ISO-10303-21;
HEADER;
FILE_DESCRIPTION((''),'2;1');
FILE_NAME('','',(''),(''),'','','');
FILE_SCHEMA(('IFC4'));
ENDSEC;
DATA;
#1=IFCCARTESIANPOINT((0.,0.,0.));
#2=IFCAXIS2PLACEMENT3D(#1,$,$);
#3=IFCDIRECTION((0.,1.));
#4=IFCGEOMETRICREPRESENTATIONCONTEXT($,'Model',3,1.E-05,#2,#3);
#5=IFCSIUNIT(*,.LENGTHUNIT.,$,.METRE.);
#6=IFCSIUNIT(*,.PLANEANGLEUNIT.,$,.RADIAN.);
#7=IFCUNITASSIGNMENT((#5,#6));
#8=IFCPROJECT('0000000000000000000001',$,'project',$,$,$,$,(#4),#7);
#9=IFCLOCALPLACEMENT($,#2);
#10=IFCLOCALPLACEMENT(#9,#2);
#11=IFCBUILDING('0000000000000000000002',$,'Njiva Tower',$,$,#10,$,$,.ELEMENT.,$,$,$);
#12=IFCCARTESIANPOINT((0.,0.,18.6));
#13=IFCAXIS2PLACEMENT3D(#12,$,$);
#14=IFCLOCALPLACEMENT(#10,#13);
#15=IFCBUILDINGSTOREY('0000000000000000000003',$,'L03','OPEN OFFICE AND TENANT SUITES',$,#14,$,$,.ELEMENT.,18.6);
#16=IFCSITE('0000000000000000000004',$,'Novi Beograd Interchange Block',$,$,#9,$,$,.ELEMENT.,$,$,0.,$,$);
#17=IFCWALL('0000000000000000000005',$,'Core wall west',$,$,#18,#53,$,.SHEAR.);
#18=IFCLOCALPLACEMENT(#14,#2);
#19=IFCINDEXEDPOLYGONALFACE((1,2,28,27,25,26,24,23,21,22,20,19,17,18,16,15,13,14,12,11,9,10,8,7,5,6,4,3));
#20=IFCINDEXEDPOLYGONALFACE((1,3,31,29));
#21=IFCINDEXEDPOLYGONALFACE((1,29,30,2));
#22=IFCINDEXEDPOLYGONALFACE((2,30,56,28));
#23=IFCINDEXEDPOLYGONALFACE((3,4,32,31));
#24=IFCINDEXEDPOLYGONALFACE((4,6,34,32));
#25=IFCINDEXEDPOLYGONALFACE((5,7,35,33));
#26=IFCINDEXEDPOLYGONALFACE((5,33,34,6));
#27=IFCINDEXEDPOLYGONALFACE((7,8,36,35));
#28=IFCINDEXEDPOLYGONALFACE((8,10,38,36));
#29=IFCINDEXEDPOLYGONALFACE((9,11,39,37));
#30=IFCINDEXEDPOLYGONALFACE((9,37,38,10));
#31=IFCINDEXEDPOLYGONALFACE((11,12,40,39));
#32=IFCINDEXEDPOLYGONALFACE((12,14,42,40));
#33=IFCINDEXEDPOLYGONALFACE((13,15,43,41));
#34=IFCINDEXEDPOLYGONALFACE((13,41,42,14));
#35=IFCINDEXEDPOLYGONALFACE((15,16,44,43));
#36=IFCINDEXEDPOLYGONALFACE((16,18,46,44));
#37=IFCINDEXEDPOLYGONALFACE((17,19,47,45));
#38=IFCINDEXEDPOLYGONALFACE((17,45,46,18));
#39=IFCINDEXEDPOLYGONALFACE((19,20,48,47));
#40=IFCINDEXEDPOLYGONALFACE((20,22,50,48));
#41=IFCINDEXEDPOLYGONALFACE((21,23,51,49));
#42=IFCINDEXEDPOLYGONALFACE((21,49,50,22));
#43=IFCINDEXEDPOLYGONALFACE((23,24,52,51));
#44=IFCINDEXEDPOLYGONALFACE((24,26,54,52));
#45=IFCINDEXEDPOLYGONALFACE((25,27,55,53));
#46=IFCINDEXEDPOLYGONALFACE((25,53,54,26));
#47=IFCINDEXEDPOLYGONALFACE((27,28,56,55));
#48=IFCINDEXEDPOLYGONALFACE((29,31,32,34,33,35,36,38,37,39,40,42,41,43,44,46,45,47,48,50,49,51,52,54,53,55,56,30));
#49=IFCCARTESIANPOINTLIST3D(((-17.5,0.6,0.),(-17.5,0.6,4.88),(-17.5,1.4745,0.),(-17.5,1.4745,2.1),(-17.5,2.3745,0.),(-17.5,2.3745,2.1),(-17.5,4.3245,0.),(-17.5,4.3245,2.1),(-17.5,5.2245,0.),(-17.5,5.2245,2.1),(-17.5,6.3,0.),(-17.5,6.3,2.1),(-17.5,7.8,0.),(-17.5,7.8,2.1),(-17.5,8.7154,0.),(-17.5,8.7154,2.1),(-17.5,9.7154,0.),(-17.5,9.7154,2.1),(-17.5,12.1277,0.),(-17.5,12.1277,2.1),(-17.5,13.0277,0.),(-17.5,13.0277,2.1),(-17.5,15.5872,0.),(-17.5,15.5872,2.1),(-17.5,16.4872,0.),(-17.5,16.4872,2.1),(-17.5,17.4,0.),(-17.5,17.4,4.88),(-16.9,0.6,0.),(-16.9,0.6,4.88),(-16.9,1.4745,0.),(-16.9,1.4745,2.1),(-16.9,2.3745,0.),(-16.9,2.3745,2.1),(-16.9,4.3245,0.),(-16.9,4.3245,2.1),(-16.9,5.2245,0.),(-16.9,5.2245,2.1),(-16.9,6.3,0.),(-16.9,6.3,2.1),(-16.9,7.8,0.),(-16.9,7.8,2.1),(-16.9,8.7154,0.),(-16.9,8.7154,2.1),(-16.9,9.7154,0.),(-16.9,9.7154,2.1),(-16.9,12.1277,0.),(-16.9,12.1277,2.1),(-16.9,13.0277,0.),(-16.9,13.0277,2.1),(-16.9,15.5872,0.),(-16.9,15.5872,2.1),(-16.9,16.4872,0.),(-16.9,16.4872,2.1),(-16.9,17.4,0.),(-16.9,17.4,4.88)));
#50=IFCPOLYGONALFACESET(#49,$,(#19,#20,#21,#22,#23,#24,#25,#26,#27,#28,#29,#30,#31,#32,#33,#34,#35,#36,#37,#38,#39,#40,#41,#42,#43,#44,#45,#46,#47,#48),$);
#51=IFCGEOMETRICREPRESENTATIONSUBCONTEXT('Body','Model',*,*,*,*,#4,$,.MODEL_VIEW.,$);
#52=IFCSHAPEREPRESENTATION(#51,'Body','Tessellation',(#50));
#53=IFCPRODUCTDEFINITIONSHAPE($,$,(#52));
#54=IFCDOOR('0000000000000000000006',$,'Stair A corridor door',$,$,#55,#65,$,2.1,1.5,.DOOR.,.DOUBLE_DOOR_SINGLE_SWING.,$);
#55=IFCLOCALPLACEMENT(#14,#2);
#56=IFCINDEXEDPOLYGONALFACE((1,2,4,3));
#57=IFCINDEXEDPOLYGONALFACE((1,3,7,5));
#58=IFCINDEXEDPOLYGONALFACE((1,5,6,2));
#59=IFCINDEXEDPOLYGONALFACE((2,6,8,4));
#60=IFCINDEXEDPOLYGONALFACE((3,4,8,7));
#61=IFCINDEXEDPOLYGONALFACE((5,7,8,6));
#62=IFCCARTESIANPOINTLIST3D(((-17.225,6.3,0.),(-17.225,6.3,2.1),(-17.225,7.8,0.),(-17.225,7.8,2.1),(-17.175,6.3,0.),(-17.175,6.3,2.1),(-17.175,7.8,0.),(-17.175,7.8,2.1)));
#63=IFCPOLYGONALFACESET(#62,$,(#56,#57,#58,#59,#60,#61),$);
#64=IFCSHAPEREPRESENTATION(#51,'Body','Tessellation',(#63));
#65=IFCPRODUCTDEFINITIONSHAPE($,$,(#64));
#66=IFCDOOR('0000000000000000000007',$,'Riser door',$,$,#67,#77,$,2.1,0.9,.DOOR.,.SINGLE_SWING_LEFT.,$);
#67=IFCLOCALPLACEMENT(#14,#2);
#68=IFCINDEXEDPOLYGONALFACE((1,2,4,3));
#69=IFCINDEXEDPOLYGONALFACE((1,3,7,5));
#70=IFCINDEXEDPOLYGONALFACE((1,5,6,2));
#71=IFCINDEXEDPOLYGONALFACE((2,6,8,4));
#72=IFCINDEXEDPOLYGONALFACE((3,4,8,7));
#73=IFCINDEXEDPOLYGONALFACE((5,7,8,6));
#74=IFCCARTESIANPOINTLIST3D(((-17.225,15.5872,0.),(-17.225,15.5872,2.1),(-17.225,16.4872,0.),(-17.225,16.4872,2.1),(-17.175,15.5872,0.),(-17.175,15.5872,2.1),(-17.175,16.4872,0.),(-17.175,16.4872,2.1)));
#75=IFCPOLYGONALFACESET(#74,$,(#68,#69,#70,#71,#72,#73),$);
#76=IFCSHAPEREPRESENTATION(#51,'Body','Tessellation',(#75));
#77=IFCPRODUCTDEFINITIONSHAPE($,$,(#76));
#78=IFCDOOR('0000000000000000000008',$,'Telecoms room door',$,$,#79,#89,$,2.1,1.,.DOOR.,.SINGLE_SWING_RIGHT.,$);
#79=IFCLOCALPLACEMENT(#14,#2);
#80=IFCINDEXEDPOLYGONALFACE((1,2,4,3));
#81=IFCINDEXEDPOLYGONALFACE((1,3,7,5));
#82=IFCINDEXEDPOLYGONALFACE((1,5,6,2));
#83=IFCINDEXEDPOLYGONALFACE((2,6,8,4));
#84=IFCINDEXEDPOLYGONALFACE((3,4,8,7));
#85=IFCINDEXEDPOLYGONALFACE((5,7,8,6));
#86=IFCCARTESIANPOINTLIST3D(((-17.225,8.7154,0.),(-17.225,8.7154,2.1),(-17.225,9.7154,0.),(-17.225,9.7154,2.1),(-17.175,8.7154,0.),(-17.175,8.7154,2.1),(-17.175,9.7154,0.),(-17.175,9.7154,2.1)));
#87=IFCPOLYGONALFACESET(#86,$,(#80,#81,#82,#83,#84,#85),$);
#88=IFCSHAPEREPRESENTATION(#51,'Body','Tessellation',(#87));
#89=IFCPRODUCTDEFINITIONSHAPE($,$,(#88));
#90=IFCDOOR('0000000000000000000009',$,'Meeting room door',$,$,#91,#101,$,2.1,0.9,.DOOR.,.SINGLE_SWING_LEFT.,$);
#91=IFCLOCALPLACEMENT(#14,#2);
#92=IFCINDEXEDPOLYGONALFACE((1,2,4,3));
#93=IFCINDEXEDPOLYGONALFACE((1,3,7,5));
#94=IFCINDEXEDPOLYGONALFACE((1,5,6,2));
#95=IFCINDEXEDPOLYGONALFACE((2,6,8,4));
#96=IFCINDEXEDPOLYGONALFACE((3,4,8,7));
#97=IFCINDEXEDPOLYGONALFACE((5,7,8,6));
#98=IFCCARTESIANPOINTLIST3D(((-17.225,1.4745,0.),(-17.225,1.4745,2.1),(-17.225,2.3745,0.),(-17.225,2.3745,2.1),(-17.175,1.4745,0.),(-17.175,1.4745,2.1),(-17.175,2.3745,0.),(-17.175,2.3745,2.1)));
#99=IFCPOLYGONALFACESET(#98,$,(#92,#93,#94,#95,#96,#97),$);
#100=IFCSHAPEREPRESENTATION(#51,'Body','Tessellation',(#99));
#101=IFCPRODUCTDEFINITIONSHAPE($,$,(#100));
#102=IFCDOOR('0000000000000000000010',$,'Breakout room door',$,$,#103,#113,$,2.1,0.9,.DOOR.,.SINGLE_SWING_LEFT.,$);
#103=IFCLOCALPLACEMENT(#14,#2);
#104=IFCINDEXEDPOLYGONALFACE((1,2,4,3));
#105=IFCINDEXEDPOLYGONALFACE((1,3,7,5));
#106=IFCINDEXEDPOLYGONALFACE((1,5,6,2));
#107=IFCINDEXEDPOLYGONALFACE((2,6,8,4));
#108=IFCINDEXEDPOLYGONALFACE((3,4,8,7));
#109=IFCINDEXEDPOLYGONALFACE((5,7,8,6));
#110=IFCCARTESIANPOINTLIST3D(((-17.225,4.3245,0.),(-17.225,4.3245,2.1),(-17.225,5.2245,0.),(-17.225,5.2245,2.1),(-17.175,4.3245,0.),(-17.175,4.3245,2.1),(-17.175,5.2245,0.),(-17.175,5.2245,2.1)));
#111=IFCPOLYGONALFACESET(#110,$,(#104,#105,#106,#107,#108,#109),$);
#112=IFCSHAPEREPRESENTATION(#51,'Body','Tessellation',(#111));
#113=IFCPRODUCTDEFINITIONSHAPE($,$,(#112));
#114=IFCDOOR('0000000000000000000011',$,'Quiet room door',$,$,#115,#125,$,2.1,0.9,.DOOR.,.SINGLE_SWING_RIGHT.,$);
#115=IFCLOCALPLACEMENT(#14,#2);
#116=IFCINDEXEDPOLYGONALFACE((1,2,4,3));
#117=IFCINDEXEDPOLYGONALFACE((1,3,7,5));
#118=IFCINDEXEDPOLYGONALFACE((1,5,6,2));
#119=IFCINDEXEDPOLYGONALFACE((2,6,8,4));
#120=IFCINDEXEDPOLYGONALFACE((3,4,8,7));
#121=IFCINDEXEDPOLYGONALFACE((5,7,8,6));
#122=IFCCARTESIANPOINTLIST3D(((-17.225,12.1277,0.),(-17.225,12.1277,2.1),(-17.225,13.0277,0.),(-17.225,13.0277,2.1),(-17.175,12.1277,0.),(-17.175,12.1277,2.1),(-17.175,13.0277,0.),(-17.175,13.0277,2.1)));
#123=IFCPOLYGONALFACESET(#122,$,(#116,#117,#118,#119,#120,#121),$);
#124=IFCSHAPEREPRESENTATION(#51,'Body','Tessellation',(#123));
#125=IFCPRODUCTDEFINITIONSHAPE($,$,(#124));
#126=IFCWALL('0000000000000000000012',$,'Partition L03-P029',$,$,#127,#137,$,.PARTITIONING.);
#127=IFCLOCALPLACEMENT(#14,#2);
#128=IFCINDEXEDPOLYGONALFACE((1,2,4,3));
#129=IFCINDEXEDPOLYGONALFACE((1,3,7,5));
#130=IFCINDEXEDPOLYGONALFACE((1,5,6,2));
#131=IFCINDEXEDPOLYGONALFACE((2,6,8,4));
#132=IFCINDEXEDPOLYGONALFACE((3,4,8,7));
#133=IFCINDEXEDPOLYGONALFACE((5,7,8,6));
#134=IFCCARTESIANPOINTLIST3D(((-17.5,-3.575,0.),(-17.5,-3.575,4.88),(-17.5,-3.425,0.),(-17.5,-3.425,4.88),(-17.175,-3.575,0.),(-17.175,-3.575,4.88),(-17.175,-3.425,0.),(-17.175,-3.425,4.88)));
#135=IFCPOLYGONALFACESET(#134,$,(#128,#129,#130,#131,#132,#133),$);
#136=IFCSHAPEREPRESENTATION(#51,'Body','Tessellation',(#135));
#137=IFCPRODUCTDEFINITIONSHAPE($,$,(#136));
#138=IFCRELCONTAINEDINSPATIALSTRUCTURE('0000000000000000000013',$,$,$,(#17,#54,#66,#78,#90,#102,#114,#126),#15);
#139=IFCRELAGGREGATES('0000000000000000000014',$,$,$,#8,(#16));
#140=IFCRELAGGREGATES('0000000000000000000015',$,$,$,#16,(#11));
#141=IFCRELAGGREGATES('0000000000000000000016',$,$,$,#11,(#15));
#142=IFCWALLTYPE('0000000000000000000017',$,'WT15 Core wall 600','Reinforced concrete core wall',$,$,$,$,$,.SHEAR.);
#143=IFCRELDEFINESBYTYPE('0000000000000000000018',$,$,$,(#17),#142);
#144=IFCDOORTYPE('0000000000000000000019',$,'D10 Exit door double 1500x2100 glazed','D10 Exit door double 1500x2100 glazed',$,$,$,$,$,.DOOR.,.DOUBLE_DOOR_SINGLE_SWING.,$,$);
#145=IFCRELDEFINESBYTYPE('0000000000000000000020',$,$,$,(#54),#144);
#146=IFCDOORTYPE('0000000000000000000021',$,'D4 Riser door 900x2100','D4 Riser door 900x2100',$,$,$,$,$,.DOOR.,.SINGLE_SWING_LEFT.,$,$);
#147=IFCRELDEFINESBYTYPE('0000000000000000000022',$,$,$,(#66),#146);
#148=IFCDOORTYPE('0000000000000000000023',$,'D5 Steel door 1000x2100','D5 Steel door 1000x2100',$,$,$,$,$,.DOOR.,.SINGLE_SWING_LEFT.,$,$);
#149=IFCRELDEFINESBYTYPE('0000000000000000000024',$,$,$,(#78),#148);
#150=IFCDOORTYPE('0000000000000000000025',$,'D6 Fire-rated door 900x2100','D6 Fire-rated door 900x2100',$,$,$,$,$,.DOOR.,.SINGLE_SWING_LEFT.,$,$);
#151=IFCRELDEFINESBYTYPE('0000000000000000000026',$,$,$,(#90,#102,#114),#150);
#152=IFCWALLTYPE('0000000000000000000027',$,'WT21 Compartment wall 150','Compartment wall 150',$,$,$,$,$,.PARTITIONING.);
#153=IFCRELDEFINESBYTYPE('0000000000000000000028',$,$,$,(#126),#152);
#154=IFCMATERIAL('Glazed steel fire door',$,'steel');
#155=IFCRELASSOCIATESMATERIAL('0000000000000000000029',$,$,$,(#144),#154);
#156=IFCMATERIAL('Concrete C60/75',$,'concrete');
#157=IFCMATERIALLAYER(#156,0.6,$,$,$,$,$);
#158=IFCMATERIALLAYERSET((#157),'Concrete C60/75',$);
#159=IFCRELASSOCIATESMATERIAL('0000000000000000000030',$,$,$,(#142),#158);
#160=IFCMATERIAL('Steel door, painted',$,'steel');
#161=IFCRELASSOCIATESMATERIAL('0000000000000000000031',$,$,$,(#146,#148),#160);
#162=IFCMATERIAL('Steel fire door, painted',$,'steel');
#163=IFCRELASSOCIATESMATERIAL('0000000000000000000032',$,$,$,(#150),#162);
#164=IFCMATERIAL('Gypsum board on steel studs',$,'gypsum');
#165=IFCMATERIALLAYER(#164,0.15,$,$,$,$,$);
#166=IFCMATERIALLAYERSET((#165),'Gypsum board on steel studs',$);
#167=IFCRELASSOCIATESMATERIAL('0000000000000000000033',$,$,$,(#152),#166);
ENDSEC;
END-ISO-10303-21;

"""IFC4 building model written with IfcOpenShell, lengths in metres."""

from ifc_helpers import new_model, si_unit, direction, frame, frame_2d, origin, place, context, subcontext, project, spatial, rectangle, extrude, material, layer, layer_set, type_object, element, fill, save


model = new_model("IFC4")

# Units and contexts
model_context = context("Model", 3, precision=1e-05, world=origin(), true_north=direction((0.0, 1.0)))
body_context = subcontext(model_context, "Body", "Model", "MODEL_VIEW")
ifc_project = project(units=[si_unit("LENGTHUNIT", "METRE"), si_unit("PLANEANGLEUNIT", "RADIAN")], contexts=[model_context])

# Site, building, storey
site_placement = place(None, origin())
site = spatial("IfcSite", under=ifc_project, at=site_placement, Name="Novi Beograd Interchange Block", CompositionType="ELEMENT", RefElevation=0.0)
building_placement = place(site_placement, origin())
building = spatial("IfcBuilding", under=site, at=building_placement, Name="Njiva Tower", CompositionType="ELEMENT")
storey_placement = place(building_placement, frame((0.0, 0.0, 18.6)))
storey = spatial("IfcBuildingStorey", under=building, at=storey_placement, Name="L03", Description="OPEN OFFICE AND TENANT SUITES", CompositionType="ELEMENT", Elevation=18.6)

# Shared definitions
ifc_material_1 = material(Name="Glazed steel fire door", Category="steel")
door_type_1 = type_object("IfcDoorType", Name="D10 Exit door double 1500x2100 glazed", Description="D10 Exit door double 1500x2100 glazed", OperationType="DOUBLE_DOOR_SINGLE_SWING", PredefinedType="DOOR", material=ifc_material_1)

# Wall, openings, doors
ifc_material_2 = material(Name="Concrete C60/75", Category="concrete")
ifc_layer_1 = layer(ifc_material_2, 0.6)
ifc_layer_set_1 = layer_set([ifc_layer_1], Name="Concrete C60/75")
wall_type_1 = type_object("IfcWallType", Name="WT15 Core wall 600", Description="Reinforced concrete core wall", PredefinedType="SHEAR", material=ifc_layer_set_1)
wall_1_placement = place(storey_placement, frame((-17.2, 0.6, 0.0), z_axis=(0.0, 0.0, 1.0), x_axis=(0.0, 1.0, 0.0)))
wall_1 = element("IfcWall", 1, at=wall_1_placement, inside=storey, type_object=wall_type_1, Name="Core wall west", PredefinedType="SHEAR", context=body_context, shape_type="SweptSolid", body=[
    extrude(rectangle(XDim=16.8, YDim=0.6, at=frame_2d((8.4, 0.0))), origin(), (0.0, 0.0, 1.0), 4.88),
])
opening_1_placement = place(wall_1_placement, frame((5.7, 0.0, 0.0)))
opening_1 = element("IfcOpeningElement", 2, at=opening_1_placement, cuts=wall_1, PredefinedType="OPENING", context=body_context, shape_type="SweptSolid", body=[
    extrude(rectangle(XDim=1.5, YDim=2.1, at=frame_2d((0.75, 1.05))), frame((0.0, 0.31, 0.0), z_axis=(0.0, -1.0, 0.0), x_axis=(1.0, 0.0, 0.0)), (0.0, 0.0, 1.0), 0.62),
])
opening_2_placement = place(wall_1_placement, frame((0.8745, 0.0, 0.0)))
opening_2 = element("IfcOpeningElement", 3, at=opening_2_placement, cuts=wall_1, PredefinedType="OPENING", context=body_context, shape_type="SweptSolid", body=[
    extrude(rectangle(XDim=0.9, YDim=2.1, at=frame_2d((0.45, 1.05))), frame((0.0, 0.31, 0.0), z_axis=(0.0, -1.0, 0.0), x_axis=(1.0, 0.0, 0.0)), (0.0, 0.0, 1.0), 0.62),
])
opening_3_placement = place(wall_1_placement, frame((3.7245, 0.0, 0.0)))
opening_3 = element("IfcOpeningElement", 4, at=opening_3_placement, cuts=wall_1, PredefinedType="OPENING", context=body_context, shape_type="SweptSolid", body=[
    extrude(rectangle(XDim=0.9, YDim=2.1, at=frame_2d((0.45, 1.05))), frame((0.0, 0.31, 0.0), z_axis=(0.0, -1.0, 0.0), x_axis=(1.0, 0.0, 0.0)), (0.0, 0.0, 1.0), 0.62),
])
opening_4_placement = place(wall_1_placement, frame((8.1154, 0.0, 0.0)))
opening_4 = element("IfcOpeningElement", 5, at=opening_4_placement, cuts=wall_1, PredefinedType="OPENING", context=body_context, shape_type="SweptSolid", body=[
    extrude(rectangle(XDim=1.0, YDim=2.1, at=frame_2d((0.5, 1.05))), frame((0.0, 0.31, 0.0), z_axis=(0.0, -1.0, 0.0), x_axis=(1.0, 0.0, 0.0)), (0.0, 0.0, 1.0), 0.62),
])
opening_5_placement = place(wall_1_placement, frame((11.5277, 0.0, 0.0)))
opening_5 = element("IfcOpeningElement", 6, at=opening_5_placement, cuts=wall_1, PredefinedType="OPENING", context=body_context, shape_type="SweptSolid", body=[
    extrude(rectangle(XDim=0.9, YDim=2.1, at=frame_2d((0.45, 1.05))), frame((0.0, 0.31, 0.0), z_axis=(0.0, -1.0, 0.0), x_axis=(1.0, 0.0, 0.0)), (0.0, 0.0, 1.0), 0.62),
])
opening_6_placement = place(wall_1_placement, frame((14.9872, 0.0, 0.0)))
opening_6 = element("IfcOpeningElement", 7, at=opening_6_placement, cuts=wall_1, PredefinedType="OPENING", context=body_context, shape_type="SweptSolid", body=[
    extrude(rectangle(XDim=0.9, YDim=2.1, at=frame_2d((0.45, 1.05))), frame((0.0, 0.31, 0.0), z_axis=(0.0, -1.0, 0.0), x_axis=(1.0, 0.0, 0.0)), (0.0, 0.0, 1.0), 0.62),
])
door_1_placement = place(opening_1_placement, origin())
door_1 = element("IfcDoor", 8, at=door_1_placement, inside=storey, type_object=door_type_1, Name="Stair A corridor door", OperationType="DOUBLE_DOOR_SINGLE_SWING", OverallHeight=2.1, OverallWidth=1.5, PredefinedType="DOOR", context=body_context, shape_type="SweptSolid", body=[
    extrude(rectangle(XDim=1.5, YDim=2.1, at=frame_2d((0.75, 1.05))), frame((0.0, 0.025, 0.0), z_axis=(0.0, -1.0, 0.0), x_axis=(1.0, 0.0, 0.0)), (0.0, 0.0, 1.0), 0.05),
])
fill(opening_1, door_1)
ifc_material_3 = material(Name="Steel door, painted", Category="steel")
door_type_2 = type_object("IfcDoorType", Name="D4 Riser door 900x2100", Description="D4 Riser door 900x2100", OperationType="SINGLE_SWING_LEFT", PredefinedType="DOOR", material=ifc_material_3)
door_2_placement = place(opening_6_placement, origin())
door_2 = element("IfcDoor", 9, at=door_2_placement, inside=storey, type_object=door_type_2, Name="Riser door", OperationType="SINGLE_SWING_LEFT", OverallHeight=2.1, OverallWidth=0.9, PredefinedType="DOOR", context=body_context, shape_type="SweptSolid", body=[
    extrude(rectangle(XDim=0.9, YDim=2.1, at=frame_2d((0.45, 1.05))), frame((0.0, 0.025, 0.0), z_axis=(0.0, -1.0, 0.0), x_axis=(1.0, 0.0, 0.0)), (0.0, 0.0, 1.0), 0.05),
])
fill(opening_6, door_2)
door_type_3 = type_object("IfcDoorType", Name="D5 Steel door 1000x2100", Description="D5 Steel door 1000x2100", OperationType="SINGLE_SWING_LEFT", PredefinedType="DOOR", material=ifc_material_3)
door_3_placement = place(opening_4_placement, origin())
door_3 = element("IfcDoor", 10, at=door_3_placement, inside=storey, type_object=door_type_3, Name="Telecoms room door", OperationType="SINGLE_SWING_RIGHT", OverallHeight=2.1, OverallWidth=1.0, PredefinedType="DOOR", context=body_context, shape_type="SweptSolid", body=[
    extrude(rectangle(XDim=1.0, YDim=2.1, at=frame_2d((0.5, 1.05))), frame((0.0, 0.025, 0.0), z_axis=(0.0, -1.0, 0.0), x_axis=(1.0, 0.0, 0.0)), (0.0, 0.0, 1.0), 0.05),
])
fill(opening_4, door_3)
ifc_material_4 = material(Name="Steel fire door, painted", Category="steel")
door_type_4 = type_object("IfcDoorType", Name="D6 Fire-rated door 900x2100", Description="D6 Fire-rated door 900x2100", OperationType="SINGLE_SWING_LEFT", PredefinedType="DOOR", material=ifc_material_4)
door_4_placement = place(opening_2_placement, origin())
door_4 = element("IfcDoor", 11, at=door_4_placement, inside=storey, type_object=door_type_4, Name="Meeting room door", OperationType="SINGLE_SWING_LEFT", OverallHeight=2.1, OverallWidth=0.9, PredefinedType="DOOR", context=body_context, shape_type="SweptSolid", body=[
    extrude(rectangle(XDim=0.9, YDim=2.1, at=frame_2d((0.45, 1.05))), frame((0.0, 0.025, 0.0), z_axis=(0.0, -1.0, 0.0), x_axis=(1.0, 0.0, 0.0)), (0.0, 0.0, 1.0), 0.05),
])
fill(opening_2, door_4)
door_5_placement = place(opening_3_placement, origin())
door_5 = element("IfcDoor", 12, at=door_5_placement, inside=storey, type_object=door_type_4, Name="Breakout room door", OperationType="SINGLE_SWING_LEFT", OverallHeight=2.1, OverallWidth=0.9, PredefinedType="DOOR", context=body_context, shape_type="SweptSolid", body=[
    extrude(rectangle(XDim=0.9, YDim=2.1, at=frame_2d((0.45, 1.05))), frame((0.0, 0.025, 0.0), z_axis=(0.0, -1.0, 0.0), x_axis=(1.0, 0.0, 0.0)), (0.0, 0.0, 1.0), 0.05),
])
fill(opening_3, door_5)
door_6_placement = place(opening_5_placement, origin())
door_6 = element("IfcDoor", 13, at=door_6_placement, inside=storey, type_object=door_type_4, Name="Quiet room door", OperationType="SINGLE_SWING_RIGHT", OverallHeight=2.1, OverallWidth=0.9, PredefinedType="DOOR", context=body_context, shape_type="SweptSolid", body=[
    extrude(rectangle(XDim=0.9, YDim=2.1, at=frame_2d((0.45, 1.05))), frame((0.0, 0.025, 0.0), z_axis=(0.0, -1.0, 0.0), x_axis=(1.0, 0.0, 0.0)), (0.0, 0.0, 1.0), 0.05),
])
fill(opening_5, door_6)

# Wall
ifc_material_5 = material(Name="Gypsum board on steel studs", Category="gypsum")
ifc_layer_2 = layer(ifc_material_5, 0.15)
ifc_layer_set_2 = layer_set([ifc_layer_2], Name="Gypsum board on steel studs")
wall_type_2 = type_object("IfcWallType", Name="WT21 Compartment wall 150", Description="Compartment wall 150", PredefinedType="PARTITIONING", material=ifc_layer_set_2)
wall_2_placement = place(storey_placement, frame((-17.5, -3.5, 0.0), z_axis=(0.0, 0.0, 1.0), x_axis=(1.0, 0.0, 0.0)))
element("IfcWall", 14, at=wall_2_placement, inside=storey, type_object=wall_type_2, Name="Partition L03-P029", PredefinedType="PARTITIONING", context=body_context, shape_type="SweptSolid", body=[
    extrude(rectangle(XDim=0.325, YDim=0.15, at=frame_2d((0.1625, 0.0))), origin(), (0.0, 0.0, 1.0), 4.88),
])

save(model, "model.ifc")
